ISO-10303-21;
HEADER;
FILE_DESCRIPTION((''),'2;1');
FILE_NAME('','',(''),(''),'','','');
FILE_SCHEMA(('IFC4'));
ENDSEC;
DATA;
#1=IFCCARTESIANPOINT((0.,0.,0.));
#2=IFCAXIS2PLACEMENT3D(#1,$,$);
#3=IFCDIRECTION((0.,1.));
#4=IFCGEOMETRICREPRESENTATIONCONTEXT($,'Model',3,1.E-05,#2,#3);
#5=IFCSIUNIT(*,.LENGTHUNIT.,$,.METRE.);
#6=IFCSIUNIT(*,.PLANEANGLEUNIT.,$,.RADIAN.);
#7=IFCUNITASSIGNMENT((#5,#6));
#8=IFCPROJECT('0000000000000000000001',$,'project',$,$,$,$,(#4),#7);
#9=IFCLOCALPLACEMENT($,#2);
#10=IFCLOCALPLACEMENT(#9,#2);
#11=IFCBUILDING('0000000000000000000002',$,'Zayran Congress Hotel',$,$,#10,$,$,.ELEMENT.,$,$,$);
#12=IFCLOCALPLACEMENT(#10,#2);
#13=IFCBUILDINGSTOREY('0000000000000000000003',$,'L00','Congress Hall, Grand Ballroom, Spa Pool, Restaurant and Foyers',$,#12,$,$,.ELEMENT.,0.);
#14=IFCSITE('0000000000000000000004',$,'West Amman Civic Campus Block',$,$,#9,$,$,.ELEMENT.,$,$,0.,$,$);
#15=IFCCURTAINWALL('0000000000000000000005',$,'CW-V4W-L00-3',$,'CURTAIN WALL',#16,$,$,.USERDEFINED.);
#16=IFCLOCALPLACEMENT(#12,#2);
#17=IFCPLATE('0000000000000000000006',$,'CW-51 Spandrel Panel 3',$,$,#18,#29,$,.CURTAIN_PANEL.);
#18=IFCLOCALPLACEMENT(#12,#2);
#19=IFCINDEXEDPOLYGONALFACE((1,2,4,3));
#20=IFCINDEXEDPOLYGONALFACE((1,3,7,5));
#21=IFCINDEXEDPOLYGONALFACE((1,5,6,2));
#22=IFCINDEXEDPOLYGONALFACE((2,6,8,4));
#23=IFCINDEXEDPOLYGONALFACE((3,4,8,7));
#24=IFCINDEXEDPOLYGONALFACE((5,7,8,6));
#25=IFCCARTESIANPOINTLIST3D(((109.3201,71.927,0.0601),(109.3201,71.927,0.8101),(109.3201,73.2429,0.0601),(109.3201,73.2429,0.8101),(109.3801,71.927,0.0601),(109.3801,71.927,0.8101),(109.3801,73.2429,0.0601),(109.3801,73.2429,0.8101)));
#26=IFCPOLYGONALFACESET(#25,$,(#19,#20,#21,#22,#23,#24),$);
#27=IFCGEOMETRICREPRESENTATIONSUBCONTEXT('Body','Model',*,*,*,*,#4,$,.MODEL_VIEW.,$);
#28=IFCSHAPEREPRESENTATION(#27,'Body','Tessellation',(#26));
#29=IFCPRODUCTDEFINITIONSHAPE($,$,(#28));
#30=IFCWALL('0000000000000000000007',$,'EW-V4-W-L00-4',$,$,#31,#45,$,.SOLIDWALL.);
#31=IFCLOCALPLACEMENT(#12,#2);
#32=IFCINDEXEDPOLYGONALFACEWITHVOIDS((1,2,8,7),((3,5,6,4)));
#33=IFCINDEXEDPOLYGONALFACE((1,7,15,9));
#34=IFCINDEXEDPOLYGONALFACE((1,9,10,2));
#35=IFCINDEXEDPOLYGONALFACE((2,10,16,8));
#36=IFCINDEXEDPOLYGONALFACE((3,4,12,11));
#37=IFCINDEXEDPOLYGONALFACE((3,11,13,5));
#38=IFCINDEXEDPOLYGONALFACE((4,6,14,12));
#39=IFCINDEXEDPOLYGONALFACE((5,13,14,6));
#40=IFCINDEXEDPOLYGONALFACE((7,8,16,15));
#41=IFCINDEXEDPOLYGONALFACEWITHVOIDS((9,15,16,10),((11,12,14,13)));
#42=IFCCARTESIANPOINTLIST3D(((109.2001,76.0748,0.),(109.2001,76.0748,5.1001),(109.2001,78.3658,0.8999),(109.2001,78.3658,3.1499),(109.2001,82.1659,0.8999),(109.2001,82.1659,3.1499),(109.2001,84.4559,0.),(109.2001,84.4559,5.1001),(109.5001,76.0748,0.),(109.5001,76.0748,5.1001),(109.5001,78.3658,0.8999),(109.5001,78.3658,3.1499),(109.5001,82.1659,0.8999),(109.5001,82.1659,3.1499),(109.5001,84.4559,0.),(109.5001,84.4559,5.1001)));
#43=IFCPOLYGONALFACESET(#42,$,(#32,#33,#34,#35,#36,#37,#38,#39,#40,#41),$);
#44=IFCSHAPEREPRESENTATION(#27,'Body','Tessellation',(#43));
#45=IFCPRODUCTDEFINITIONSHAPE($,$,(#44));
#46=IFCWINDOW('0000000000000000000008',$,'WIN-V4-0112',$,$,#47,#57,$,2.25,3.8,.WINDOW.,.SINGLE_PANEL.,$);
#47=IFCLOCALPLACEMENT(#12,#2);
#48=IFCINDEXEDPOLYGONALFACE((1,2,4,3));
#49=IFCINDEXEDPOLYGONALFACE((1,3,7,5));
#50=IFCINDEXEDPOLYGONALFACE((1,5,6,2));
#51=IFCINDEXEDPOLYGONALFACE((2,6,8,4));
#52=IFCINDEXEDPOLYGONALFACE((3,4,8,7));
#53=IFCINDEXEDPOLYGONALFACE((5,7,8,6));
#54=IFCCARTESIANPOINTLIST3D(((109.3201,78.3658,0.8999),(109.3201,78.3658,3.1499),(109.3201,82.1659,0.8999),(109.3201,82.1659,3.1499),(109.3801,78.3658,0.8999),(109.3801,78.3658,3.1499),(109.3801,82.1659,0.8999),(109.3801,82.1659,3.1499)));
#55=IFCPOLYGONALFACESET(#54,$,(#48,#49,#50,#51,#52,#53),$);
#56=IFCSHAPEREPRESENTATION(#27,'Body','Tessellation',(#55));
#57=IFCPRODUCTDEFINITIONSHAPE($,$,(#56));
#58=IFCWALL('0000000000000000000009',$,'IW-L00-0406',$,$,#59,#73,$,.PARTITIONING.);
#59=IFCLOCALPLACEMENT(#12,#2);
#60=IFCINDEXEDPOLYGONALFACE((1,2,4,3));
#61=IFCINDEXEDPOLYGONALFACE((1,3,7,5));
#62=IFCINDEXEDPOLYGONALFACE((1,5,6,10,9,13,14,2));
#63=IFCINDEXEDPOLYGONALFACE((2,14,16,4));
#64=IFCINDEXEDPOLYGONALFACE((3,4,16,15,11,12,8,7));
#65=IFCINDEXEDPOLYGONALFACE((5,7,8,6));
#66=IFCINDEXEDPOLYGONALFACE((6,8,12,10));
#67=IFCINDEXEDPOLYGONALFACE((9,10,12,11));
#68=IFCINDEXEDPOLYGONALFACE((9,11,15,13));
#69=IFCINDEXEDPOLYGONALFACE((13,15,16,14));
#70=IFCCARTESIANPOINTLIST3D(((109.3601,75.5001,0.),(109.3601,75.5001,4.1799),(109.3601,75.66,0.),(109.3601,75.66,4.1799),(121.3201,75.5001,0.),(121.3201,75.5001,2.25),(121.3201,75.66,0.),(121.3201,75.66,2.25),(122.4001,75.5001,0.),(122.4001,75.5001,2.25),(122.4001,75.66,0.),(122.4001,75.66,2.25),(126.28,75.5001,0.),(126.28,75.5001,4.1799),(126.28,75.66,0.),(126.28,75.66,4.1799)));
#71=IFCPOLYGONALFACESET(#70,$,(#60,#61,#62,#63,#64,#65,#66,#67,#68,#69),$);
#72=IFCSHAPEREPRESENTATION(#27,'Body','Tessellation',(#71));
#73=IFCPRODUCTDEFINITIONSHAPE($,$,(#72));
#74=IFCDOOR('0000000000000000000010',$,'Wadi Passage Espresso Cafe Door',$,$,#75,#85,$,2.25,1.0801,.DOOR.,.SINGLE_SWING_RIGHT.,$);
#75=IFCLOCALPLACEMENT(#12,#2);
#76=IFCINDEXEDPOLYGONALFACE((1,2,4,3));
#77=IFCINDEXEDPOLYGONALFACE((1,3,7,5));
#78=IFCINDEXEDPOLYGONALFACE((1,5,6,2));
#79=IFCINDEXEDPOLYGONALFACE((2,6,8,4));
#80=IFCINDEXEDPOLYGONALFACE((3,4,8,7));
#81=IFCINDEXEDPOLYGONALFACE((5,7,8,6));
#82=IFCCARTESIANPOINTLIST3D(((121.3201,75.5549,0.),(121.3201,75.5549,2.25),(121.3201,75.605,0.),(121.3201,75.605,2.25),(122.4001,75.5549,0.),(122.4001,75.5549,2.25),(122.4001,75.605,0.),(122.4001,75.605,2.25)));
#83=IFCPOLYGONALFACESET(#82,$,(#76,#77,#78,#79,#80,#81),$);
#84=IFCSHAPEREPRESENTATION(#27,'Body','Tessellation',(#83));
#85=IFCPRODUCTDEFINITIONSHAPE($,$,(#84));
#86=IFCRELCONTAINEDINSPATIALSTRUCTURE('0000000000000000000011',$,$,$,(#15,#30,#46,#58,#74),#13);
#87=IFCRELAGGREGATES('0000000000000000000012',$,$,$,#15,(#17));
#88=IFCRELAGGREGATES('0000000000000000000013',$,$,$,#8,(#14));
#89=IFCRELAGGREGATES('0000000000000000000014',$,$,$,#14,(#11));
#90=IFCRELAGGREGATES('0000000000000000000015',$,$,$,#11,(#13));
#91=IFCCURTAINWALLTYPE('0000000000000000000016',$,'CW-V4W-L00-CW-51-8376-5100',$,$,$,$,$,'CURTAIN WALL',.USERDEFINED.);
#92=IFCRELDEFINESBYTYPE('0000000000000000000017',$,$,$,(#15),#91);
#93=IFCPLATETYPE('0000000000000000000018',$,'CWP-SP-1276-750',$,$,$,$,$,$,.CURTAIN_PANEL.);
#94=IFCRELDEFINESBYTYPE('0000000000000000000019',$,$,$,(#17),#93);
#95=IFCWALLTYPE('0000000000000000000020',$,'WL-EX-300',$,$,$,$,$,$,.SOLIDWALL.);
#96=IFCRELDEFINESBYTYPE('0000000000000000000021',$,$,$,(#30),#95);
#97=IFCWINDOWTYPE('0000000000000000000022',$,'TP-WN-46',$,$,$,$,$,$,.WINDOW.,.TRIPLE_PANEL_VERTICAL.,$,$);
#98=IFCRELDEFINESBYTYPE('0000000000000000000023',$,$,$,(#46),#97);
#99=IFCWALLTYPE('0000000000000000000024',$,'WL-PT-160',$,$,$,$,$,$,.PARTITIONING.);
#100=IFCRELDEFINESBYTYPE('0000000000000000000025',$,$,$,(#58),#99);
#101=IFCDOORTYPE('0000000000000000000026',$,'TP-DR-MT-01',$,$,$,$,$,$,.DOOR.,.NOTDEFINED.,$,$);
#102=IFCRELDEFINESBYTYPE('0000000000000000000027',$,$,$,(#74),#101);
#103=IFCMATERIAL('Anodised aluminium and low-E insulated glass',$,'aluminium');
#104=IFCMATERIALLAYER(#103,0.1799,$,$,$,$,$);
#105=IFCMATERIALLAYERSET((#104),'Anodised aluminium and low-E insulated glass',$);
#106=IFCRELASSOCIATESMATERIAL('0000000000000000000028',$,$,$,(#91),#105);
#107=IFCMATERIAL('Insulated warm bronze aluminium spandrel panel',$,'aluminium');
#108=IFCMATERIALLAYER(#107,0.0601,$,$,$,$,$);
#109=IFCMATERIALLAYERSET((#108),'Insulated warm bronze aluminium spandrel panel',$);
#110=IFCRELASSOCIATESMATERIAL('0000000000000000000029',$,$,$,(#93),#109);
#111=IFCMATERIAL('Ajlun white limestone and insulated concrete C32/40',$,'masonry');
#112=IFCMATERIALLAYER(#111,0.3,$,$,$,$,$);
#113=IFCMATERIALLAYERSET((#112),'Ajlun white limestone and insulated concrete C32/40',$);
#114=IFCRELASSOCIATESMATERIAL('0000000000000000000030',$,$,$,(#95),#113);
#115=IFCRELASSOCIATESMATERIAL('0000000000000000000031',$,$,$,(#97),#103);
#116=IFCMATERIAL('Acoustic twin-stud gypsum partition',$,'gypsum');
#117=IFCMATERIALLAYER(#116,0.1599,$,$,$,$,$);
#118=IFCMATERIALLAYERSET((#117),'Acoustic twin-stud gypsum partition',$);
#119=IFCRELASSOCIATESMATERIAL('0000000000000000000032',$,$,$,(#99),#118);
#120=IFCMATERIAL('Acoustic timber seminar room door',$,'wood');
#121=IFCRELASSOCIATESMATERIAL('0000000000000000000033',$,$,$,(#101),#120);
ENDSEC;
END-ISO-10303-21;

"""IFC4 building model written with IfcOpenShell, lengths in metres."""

from ifc_helpers import new_model, si_unit, direction, frame, frame_2d, origin, origin_2d, place, context, subcontext, project, spatial, rectangle, extrude, material, layer, layer_set, type_object, element, fill, aggregate, save


model = new_model("IFC4")

# Units and contexts
model_context = context("Model", 3, precision=1e-05, world=origin(), true_north=direction((0.0, 1.0)))
body_context = subcontext(model_context, "Body", "Model", "MODEL_VIEW")
ifc_project = project(units=[si_unit("LENGTHUNIT", "METRE"), si_unit("PLANEANGLEUNIT", "RADIAN")], contexts=[model_context])

# Site, building, storey
site_placement = place(None, origin())
site = spatial("IfcSite", under=ifc_project, at=site_placement, Name="West Amman Civic Campus Block", CompositionType="ELEMENT", RefElevation=0.0)
building_placement = place(site_placement, origin())
building = spatial("IfcBuilding", under=site, at=building_placement, Name="Zayran Congress Hotel", CompositionType="ELEMENT")
storey_placement = place(building_placement, origin())
storey = spatial("IfcBuildingStorey", under=building, at=storey_placement, Name="L00", Description="Congress Hall, Grand Ballroom, Spa Pool, Restaurant and Foyers", CompositionType="ELEMENT", Elevation=0.0)

# Curtain wall, plate
ifc_material_1 = material(Name="Anodised aluminium and low-E insulated glass", Category="aluminium")
ifc_layer_1 = layer(ifc_material_1, 0.1799)
ifc_layer_set_1 = layer_set([ifc_layer_1], Name="Anodised aluminium and low-E insulated glass")
curtain_wall_type = type_object("IfcCurtainWallType", Name="CW-V4W-L00-CW-51-8376-5100", ElementType="CURTAIN WALL", PredefinedType="USERDEFINED", material=ifc_layer_set_1)
curtain_wall_placement = place(storey_placement, origin())
curtain_wall = element("IfcCurtainWall", 1, at=curtain_wall_placement, inside=storey, type_object=curtain_wall_type, Name="CW-V4W-L00-3", ObjectType="CURTAIN WALL", PredefinedType="USERDEFINED")
ifc_material_2 = material(Name="Insulated warm bronze aluminium spandrel panel", Category="aluminium")
ifc_layer_2 = layer(ifc_material_2, 0.0601)
ifc_layer_set_2 = layer_set([ifc_layer_2], Name="Insulated warm bronze aluminium spandrel panel")
plate_type_1 = type_object("IfcPlateType", Name="CWP-SP-1276-750", PredefinedType="CURTAIN_PANEL", material=ifc_layer_set_2)
plate_1_placement = place(storey_placement, frame((109.3501, 72.585, 0.0601), z_axis=(0.0, 0.0, 1.0), x_axis=(0.0, 1.0, 0.0)))
plate_1 = element("IfcPlate", 2, at=plate_1_placement, type_object=plate_type_1, Name="CW-51 Spandrel Panel 3", PredefinedType="CURTAIN_PANEL", context=body_context, shape_type="SweptSolid", body=[
    extrude(rectangle(XDim=1.3159, YDim=0.0601, at=origin_2d()), origin(), (0.0, 0.0, 1.0), 0.75),
])
aggregate(curtain_wall, [plate_1])

# Wall, opening, window
ifc_material_3 = material(Name="Ajlun white limestone and insulated concrete C32/40", Category="masonry")
ifc_layer_3 = layer(ifc_material_3, 0.3)
ifc_layer_set_3 = layer_set([ifc_layer_3], Name="Ajlun white limestone and insulated concrete C32/40")
wall_type_1 = type_object("IfcWallType", Name="WL-EX-300", PredefinedType="SOLIDWALL", material=ifc_layer_set_3)
wall_1_placement = place(storey_placement, frame((109.3501, 76.075, 0.0), z_axis=(0.0, 0.0, 1.0), x_axis=(0.0, 1.0, 0.0)))
wall_1 = element("IfcWall", 3, at=wall_1_placement, inside=storey, type_object=wall_type_1, Name="EW-V4-W-L00-4", PredefinedType="SOLIDWALL", context=body_context, shape_type="SweptSolid", body=[
    extrude(rectangle(XDim=8.3811, YDim=0.3, at=frame_2d((4.1904, 0.0))), origin(), (0.0, 0.0, 1.0), 5.1001),
])
opening_1_placement = place(wall_1_placement, frame((2.291, 0.0, 0.8999)))
opening_1 = element("IfcOpeningElement", 4, at=opening_1_placement, cuts=wall_1, PredefinedType="OPENING", context=body_context, shape_type="SweptSolid", body=[
    extrude(rectangle(XDim=3.8, YDim=2.25, at=frame_2d((1.8999, 1.125))), frame((0.0, 0.1599, 0.0), z_axis=(0.0, -1.0, 0.0), x_axis=(1.0, 0.0, 0.0)), (0.0, 0.0, 1.0), 0.3201),
])
window_type = type_object("IfcWindowType", Name="TP-WN-46", PartitioningType="TRIPLE_PANEL_VERTICAL", PredefinedType="WINDOW", material=ifc_material_1)
window_placement = place(opening_1_placement, origin())
window = element("IfcWindow", 5, at=window_placement, inside=storey, type_object=window_type, Name="WIN-V4-0112", OverallHeight=2.25, OverallWidth=3.8, PartitioningType="SINGLE_PANEL", PredefinedType="WINDOW", context=body_context, shape_type="SweptSolid", body=[
    extrude(rectangle(XDim=3.8, YDim=2.25, at=frame_2d((1.8999, 1.125))), frame((0.0, 0.03, 0.0), z_axis=(0.0, -1.0, 0.0), x_axis=(1.0, 0.0, 0.0)), (0.0, 0.0, 1.0), 0.0601),
])
fill(opening_1, window)

# Wall, opening, door
ifc_material_4 = material(Name="Acoustic twin-stud gypsum partition", Category="gypsum")
ifc_layer_4 = layer(ifc_material_4, 0.1599)
ifc_layer_set_4 = layer_set([ifc_layer_4], Name="Acoustic twin-stud gypsum partition")
wall_type_2 = type_object("IfcWallType", Name="WL-PT-160", PredefinedType="PARTITIONING", material=ifc_layer_set_4)
wall_2_placement = place(storey_placement, frame((109.3601, 75.5801, 0.0), z_axis=(0.0, 0.0, 1.0), x_axis=(1.0, 0.0, 0.0)))
wall_2 = element("IfcWall", 6, at=wall_2_placement, inside=storey, type_object=wall_type_2, Name="IW-L00-0406", PredefinedType="PARTITIONING", context=body_context, shape_type="SweptSolid", body=[
    extrude(rectangle(XDim=16.9199, YDim=0.1599, at=frame_2d((8.46, 0.0))), origin(), (0.0, 0.0, 1.0), 4.1799),
])
opening_2_placement = place(wall_2_placement, frame((11.96, 0.0, 0.0)))
opening_2 = element("IfcOpeningElement", 7, at=opening_2_placement, cuts=wall_2, PredefinedType="OPENING", context=body_context, shape_type="SweptSolid", body=[
    extrude(rectangle(XDim=1.0801, YDim=2.25, at=frame_2d((0.54, 1.125))), frame((0.0, 0.0898, 0.0), z_axis=(0.0, -1.0, 0.0), x_axis=(1.0, 0.0, 0.0)), (0.0, 0.0, 1.0), 0.1799),
])
ifc_material_5 = material(Name="Acoustic timber seminar room door", Category="wood")
door_type = type_object("IfcDoorType", Name="TP-DR-MT-01", OperationType="NOTDEFINED", PredefinedType="DOOR", material=ifc_material_5)
door_placement = place(opening_2_placement, origin())
door = element("IfcDoor", 8, at=door_placement, inside=storey, type_object=door_type, Name="Wadi Passage Espresso Cafe Door", OperationType="SINGLE_SWING_RIGHT", OverallHeight=2.25, OverallWidth=1.0801, PredefinedType="DOOR", context=body_context, shape_type="SweptSolid", body=[
    extrude(rectangle(XDim=1.0801, YDim=2.25, at=frame_2d((0.54, 1.125))), frame((0.0, 0.0249, 0.0), z_axis=(0.0, -1.0, 0.0), x_axis=(1.0, 0.0, 0.0)), (0.0, 0.0, 1.0), 0.05),
])
fill(opening_2, door)

save(model, "model.ifc")
